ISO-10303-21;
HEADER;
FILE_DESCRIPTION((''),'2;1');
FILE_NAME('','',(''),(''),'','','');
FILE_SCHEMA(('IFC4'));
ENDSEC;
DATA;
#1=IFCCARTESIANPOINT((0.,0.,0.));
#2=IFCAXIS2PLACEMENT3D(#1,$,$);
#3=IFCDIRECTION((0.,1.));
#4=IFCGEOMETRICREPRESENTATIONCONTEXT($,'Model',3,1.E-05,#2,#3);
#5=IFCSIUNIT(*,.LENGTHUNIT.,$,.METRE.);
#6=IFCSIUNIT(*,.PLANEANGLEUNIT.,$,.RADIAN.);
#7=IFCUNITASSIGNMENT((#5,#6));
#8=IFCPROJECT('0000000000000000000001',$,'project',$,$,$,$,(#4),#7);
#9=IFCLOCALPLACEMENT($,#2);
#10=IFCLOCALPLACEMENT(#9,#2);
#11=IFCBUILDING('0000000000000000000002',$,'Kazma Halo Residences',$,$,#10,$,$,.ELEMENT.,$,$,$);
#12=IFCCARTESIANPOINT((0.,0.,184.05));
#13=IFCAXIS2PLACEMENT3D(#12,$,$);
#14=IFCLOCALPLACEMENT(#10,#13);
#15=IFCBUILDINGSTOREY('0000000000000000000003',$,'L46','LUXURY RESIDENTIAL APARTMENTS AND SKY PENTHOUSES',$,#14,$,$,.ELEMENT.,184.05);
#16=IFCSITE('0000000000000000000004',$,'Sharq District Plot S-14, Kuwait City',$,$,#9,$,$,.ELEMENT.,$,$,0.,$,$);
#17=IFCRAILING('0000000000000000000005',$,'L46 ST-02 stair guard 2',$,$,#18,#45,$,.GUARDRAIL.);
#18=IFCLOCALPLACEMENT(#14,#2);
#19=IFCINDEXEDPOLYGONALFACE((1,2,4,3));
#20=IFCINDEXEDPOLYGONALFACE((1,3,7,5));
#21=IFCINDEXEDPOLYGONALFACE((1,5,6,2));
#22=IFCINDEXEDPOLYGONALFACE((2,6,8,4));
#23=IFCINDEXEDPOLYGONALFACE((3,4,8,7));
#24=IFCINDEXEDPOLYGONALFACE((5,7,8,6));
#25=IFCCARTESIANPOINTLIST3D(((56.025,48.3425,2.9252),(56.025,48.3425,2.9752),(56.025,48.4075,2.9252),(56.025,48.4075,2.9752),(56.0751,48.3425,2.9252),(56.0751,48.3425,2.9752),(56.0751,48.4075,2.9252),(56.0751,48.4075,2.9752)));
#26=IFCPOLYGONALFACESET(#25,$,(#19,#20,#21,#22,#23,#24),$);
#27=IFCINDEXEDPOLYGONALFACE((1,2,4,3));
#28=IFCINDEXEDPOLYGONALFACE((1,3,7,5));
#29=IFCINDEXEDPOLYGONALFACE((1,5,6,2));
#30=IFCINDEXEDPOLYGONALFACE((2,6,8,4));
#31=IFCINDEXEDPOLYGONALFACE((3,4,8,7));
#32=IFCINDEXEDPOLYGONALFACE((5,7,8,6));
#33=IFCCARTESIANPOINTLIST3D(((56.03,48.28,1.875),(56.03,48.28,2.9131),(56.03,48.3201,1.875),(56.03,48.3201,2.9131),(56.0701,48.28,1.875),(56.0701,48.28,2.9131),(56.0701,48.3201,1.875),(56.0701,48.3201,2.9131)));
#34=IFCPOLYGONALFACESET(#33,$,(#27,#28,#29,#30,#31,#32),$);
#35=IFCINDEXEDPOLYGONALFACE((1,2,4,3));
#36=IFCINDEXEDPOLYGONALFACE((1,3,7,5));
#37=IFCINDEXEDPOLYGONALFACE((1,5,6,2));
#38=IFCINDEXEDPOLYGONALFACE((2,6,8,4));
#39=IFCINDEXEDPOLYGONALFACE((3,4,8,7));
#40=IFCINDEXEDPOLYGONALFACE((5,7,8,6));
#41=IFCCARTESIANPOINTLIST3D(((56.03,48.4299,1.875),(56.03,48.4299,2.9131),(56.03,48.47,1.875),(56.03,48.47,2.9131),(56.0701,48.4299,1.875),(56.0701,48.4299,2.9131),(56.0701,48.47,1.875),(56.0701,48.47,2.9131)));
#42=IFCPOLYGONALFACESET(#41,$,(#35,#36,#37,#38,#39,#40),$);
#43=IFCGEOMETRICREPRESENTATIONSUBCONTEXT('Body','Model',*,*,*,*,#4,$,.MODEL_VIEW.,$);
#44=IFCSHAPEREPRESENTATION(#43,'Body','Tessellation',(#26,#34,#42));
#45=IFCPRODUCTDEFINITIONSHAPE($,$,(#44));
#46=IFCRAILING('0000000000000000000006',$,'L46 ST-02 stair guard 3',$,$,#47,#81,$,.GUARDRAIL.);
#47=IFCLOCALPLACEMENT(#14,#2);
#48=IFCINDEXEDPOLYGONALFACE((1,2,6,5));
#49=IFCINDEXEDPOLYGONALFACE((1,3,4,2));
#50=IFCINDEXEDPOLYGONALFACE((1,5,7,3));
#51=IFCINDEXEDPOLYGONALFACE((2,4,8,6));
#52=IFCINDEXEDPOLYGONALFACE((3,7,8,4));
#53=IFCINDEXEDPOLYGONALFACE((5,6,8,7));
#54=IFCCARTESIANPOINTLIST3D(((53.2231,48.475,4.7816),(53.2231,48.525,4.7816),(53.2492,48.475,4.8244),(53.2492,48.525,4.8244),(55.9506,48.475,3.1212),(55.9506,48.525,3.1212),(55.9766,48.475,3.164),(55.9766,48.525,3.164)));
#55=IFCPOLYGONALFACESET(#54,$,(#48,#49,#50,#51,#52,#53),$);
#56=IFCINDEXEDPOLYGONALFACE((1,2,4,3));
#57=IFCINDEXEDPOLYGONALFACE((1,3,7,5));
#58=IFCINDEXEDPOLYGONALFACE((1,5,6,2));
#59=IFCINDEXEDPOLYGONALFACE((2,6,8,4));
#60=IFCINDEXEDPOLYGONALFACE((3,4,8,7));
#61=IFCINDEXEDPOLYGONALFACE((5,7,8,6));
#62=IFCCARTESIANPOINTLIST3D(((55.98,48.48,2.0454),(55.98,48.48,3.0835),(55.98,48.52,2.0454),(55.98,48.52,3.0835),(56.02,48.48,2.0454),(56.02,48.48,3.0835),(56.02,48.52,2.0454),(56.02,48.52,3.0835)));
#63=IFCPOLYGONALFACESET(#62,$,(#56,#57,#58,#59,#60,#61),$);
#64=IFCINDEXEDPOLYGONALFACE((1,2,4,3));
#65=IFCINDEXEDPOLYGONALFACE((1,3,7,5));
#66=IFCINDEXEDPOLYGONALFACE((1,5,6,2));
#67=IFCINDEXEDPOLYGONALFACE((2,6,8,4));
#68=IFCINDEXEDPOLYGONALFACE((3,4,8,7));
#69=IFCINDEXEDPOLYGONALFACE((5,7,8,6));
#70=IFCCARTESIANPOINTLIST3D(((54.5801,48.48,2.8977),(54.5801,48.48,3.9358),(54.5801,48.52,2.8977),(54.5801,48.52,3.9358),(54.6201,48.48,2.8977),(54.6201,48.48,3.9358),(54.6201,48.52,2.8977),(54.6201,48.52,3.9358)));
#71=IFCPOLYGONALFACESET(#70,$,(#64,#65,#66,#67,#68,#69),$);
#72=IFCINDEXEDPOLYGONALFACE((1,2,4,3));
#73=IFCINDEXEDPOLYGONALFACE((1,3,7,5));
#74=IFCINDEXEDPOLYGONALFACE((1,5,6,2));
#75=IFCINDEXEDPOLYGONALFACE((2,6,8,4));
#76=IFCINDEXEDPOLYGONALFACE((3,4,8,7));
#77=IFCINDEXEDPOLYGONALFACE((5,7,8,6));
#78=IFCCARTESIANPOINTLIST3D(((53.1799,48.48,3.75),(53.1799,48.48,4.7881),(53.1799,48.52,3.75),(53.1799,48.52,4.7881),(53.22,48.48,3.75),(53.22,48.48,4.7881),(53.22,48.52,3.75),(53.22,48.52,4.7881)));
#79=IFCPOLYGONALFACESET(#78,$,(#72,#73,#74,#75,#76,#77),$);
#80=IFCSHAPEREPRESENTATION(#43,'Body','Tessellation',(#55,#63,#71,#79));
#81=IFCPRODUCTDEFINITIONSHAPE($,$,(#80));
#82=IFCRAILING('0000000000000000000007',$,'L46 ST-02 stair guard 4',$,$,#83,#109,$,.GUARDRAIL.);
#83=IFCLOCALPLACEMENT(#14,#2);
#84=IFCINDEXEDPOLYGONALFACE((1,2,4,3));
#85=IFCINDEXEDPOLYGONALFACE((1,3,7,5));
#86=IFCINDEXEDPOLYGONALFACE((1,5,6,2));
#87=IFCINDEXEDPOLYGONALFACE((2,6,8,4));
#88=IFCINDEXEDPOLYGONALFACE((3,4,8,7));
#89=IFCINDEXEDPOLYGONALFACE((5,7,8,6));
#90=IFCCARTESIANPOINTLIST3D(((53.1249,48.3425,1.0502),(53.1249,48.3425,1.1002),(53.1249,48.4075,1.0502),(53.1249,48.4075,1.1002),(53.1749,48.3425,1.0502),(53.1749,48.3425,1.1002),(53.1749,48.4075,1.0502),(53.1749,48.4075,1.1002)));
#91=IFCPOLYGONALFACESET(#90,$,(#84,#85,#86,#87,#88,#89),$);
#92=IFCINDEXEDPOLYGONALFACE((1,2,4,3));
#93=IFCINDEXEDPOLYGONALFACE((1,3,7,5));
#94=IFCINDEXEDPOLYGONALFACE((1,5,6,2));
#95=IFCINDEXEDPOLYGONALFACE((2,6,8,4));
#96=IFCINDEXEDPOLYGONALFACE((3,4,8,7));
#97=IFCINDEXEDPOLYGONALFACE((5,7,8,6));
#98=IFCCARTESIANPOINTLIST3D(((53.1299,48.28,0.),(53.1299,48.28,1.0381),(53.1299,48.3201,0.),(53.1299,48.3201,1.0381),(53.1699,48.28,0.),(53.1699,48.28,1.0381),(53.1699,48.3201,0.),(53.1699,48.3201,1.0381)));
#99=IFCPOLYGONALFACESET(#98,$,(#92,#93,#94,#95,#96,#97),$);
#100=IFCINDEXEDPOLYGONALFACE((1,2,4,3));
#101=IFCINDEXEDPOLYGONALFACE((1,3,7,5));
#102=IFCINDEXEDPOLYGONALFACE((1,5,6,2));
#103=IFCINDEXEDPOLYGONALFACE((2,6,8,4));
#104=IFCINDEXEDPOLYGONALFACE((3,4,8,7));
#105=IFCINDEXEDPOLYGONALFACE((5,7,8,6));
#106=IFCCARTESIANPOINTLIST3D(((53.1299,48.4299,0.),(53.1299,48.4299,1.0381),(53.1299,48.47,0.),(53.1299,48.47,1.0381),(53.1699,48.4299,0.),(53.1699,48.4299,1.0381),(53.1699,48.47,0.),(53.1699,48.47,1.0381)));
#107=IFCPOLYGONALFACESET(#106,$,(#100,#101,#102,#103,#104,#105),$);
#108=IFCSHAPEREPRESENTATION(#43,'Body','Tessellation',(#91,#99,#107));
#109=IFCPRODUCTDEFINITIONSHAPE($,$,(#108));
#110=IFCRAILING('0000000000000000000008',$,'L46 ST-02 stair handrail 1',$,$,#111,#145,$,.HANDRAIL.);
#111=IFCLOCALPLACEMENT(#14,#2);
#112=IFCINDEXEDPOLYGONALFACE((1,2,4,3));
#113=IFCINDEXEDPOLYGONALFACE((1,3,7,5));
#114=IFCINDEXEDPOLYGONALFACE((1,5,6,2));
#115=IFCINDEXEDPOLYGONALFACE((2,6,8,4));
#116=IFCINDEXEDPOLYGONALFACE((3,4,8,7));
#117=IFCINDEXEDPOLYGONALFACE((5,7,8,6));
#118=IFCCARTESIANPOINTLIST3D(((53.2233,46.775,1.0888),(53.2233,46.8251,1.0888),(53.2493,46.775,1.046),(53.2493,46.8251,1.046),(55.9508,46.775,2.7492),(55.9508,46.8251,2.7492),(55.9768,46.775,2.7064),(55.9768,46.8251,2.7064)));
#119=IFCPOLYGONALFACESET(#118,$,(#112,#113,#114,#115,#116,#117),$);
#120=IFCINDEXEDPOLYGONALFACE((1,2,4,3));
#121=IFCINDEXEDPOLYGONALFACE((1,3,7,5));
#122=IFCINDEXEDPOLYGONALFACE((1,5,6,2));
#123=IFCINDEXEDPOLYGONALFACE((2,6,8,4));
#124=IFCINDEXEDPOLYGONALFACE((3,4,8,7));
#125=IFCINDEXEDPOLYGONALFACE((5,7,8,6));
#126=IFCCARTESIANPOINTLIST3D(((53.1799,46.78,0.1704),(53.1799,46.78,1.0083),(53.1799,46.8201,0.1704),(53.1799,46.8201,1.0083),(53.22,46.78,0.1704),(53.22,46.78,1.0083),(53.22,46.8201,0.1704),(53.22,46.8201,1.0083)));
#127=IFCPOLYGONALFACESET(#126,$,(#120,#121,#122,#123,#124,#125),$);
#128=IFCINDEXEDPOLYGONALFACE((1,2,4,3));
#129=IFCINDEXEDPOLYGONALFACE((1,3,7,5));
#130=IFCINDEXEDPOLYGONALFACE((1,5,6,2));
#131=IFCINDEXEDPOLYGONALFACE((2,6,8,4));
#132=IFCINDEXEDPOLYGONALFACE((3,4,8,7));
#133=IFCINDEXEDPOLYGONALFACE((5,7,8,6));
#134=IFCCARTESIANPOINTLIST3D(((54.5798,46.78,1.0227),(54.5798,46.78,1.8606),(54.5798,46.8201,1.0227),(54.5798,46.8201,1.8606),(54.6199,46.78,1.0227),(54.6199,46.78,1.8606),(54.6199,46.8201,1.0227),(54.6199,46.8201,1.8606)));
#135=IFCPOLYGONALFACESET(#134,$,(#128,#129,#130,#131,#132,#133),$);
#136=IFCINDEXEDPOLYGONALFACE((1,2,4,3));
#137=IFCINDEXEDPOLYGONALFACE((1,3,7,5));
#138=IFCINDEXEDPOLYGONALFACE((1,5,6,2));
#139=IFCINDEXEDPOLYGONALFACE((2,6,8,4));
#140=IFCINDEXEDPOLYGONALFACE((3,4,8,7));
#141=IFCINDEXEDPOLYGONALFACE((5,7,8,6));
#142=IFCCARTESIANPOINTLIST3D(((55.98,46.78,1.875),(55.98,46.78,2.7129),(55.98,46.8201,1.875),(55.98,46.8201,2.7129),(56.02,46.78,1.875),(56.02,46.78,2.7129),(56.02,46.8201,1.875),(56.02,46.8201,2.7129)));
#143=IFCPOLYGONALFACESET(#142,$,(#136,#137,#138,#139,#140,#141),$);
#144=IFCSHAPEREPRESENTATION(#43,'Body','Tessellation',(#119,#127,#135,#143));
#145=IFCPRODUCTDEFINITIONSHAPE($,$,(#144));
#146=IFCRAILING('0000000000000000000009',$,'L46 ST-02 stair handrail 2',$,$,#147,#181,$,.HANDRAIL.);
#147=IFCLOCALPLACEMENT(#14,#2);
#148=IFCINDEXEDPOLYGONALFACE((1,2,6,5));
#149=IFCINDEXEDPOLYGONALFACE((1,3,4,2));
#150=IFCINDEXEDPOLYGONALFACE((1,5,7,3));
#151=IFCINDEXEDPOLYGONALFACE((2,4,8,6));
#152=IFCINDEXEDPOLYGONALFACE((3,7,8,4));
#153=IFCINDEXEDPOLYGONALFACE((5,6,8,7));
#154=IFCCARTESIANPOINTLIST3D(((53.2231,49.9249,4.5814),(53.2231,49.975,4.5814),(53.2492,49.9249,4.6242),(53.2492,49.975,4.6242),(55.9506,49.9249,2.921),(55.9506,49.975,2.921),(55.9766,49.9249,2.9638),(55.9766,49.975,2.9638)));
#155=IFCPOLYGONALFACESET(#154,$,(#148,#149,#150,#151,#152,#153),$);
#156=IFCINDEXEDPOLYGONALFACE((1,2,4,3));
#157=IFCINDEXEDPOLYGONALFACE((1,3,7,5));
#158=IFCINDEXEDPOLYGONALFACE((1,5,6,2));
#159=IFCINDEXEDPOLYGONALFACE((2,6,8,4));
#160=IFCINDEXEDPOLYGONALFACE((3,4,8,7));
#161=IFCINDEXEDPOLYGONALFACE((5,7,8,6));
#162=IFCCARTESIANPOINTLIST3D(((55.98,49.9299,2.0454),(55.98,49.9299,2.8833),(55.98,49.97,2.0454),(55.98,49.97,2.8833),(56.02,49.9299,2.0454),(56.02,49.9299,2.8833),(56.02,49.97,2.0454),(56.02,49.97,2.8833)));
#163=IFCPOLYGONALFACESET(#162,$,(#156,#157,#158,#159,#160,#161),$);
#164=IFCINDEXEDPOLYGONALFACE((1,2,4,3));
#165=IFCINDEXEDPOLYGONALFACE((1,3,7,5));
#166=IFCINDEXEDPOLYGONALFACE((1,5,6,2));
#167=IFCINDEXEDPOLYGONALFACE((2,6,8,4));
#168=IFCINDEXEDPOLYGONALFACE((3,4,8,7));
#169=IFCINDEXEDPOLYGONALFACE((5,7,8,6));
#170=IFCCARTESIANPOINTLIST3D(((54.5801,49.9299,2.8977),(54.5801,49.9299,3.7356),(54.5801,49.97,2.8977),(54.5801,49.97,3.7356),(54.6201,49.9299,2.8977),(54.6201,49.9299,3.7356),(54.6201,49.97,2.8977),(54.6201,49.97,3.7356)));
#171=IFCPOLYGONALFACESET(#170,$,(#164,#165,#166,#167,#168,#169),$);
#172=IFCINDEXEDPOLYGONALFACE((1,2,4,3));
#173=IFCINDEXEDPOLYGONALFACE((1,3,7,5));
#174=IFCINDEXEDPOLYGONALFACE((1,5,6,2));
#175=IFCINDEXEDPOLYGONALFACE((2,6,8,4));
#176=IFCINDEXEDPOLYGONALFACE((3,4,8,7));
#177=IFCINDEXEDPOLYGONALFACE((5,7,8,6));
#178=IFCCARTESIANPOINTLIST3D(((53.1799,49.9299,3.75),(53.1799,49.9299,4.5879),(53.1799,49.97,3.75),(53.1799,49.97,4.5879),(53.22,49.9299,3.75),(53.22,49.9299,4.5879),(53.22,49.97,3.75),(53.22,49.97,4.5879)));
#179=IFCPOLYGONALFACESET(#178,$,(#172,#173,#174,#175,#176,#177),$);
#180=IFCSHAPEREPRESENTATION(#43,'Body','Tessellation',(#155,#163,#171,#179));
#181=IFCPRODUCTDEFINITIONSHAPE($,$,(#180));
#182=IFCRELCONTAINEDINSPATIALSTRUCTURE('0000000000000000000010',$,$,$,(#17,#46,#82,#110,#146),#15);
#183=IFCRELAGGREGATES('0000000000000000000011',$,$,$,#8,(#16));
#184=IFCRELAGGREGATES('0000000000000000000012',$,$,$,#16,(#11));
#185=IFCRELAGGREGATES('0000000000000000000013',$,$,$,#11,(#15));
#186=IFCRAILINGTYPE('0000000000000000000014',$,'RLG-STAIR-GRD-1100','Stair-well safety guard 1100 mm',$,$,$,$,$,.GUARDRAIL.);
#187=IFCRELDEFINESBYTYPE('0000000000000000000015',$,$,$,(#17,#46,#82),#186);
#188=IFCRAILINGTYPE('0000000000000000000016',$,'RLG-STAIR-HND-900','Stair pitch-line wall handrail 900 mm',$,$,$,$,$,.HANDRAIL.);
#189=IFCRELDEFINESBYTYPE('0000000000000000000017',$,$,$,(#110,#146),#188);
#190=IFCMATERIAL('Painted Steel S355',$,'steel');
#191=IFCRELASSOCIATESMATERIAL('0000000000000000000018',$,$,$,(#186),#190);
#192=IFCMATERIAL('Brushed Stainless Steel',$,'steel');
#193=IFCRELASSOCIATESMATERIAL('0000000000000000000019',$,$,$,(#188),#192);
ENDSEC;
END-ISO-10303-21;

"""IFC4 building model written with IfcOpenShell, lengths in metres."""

from ifc_helpers import new_model, si_unit, direction, frame, origin, origin_2d, place, context, subcontext, project, spatial, rectangle, extrude, material, type_object, element, save


model = new_model("IFC4")

# Units and contexts
model_context = context("Model", 3, precision=1e-05, world=origin(), true_north=direction((0.0, 1.0)))
body_context = subcontext(model_context, "Body", "Model", "MODEL_VIEW")
ifc_project = project(units=[si_unit("LENGTHUNIT", "METRE"), si_unit("PLANEANGLEUNIT", "RADIAN")], contexts=[model_context])

# Site, building, storey
site_placement = place(None, origin())
site = spatial("IfcSite", under=ifc_project, at=site_placement, Name="Sharq District Plot S-14, Kuwait City", CompositionType="ELEMENT", RefElevation=0.0)
building_placement = place(site_placement, origin())
building = spatial("IfcBuilding", under=site, at=building_placement, Name="Kazma Halo Residences", CompositionType="ELEMENT")
storey_placement = place(building_placement, frame((0.0, 0.0, 184.05)))
storey = spatial("IfcBuildingStorey", under=building, at=storey_placement, Name="L46", Description="LUXURY RESIDENTIAL APARTMENTS AND SKY PENTHOUSES", CompositionType="ELEMENT", Elevation=184.05)

# Railings
ifc_material_1 = material(Name="Painted Steel S355", Category="steel")
railing_type_1 = type_object("IfcRailingType", Name="RLG-STAIR-GRD-1100", Description="Stair-well safety guard 1100 mm", PredefinedType="GUARDRAIL", material=ifc_material_1)
railing_1_placement = place(storey_placement, frame((56.05, 48.3, 1.875)))
element("IfcRailing", 1, at=railing_1_placement, inside=storey, type_object=railing_type_1, Name="L46 ST-02 stair guard 2", PredefinedType="GUARDRAIL", context=body_context, shape_type="SweptSolid", body=[
    extrude(rectangle(XDim=0.05, YDim=0.05, at=origin_2d()), frame((0.0, 0.0425, 1.0752), z_axis=(0.0, 1.0, 0.0), x_axis=(-1.0, 0.0, 0.0)), (0.0, 0.0, 1.0), 0.0649),
    extrude(rectangle(XDim=0.04, YDim=0.04, at=origin_2d()), origin(), (0.0, 0.0, 1.0), 1.0381),
    extrude(rectangle(XDim=0.04, YDim=0.04, at=origin_2d()), frame((0.0, 0.1499, 0.0)), (0.0, 0.0, 1.0), 1.0381),
])
railing_2_placement = place(storey_placement, frame((56.0, 48.5, 2.0454)))
element("IfcRailing", 2, at=railing_2_placement, inside=storey, type_object=railing_type_1, Name="L46 ST-02 stair guard 3", PredefinedType="GUARDRAIL", context=body_context, shape_type="SweptSolid", body=[
    extrude(rectangle(XDim=0.05, YDim=0.05, at=origin_2d()), frame((-0.0364, 0.0, 1.0972), z_axis=(-0.85417, 0.0, 0.519994), x_axis=(0.0, -1.0, 0.0)), (0.0, 0.0, 1.0), 3.1931),
    extrude(rectangle(XDim=0.04, YDim=0.04, at=origin_2d()), origin(), (0.0, 0.0, 1.0), 1.0381),
    extrude(rectangle(XDim=0.04, YDim=0.04, at=origin_2d()), frame((-1.3999, 0.0, 0.8523)), (0.0, 0.0, 1.0), 1.0381),
    extrude(rectangle(XDim=0.04, YDim=0.04, at=origin_2d()), frame((-2.8, 0.0, 1.7046)), (0.0, 0.0, 1.0), 1.0381),
])
railing_3_placement = place(storey_placement, frame((53.1499, 48.3, 0.0)))
element("IfcRailing", 3, at=railing_3_placement, inside=storey, type_object=railing_type_1, Name="L46 ST-02 stair guard 4", PredefinedType="GUARDRAIL", context=body_context, shape_type="SweptSolid", body=[
    extrude(rectangle(XDim=0.05, YDim=0.05, at=origin_2d()), frame((0.0, 0.0425, 1.0752), z_axis=(0.0, 1.0, 0.0), x_axis=(-1.0, 0.0, 0.0)), (0.0, 0.0, 1.0), 0.0649),
    extrude(rectangle(XDim=0.04, YDim=0.04, at=origin_2d()), origin(), (0.0, 0.0, 1.0), 1.0381),
    extrude(rectangle(XDim=0.04, YDim=0.04, at=origin_2d()), frame((0.0, 0.1499, 0.0)), (0.0, 0.0, 1.0), 1.0381),
])
ifc_material_2 = material(Name="Brushed Stainless Steel", Category="steel")
railing_type_2 = type_object("IfcRailingType", Name="RLG-STAIR-HND-900", Description="Stair pitch-line wall handrail 900 mm", PredefinedType="HANDRAIL", material=ifc_material_2)
railing_4_placement = place(storey_placement, frame((53.2, 46.8, 0.1704)))
element("IfcRailing", 4, at=railing_4_placement, inside=storey, type_object=railing_type_2, Name="L46 ST-02 stair handrail 1", PredefinedType="HANDRAIL", context=body_context, shape_type="SweptSolid", body=[
    extrude(rectangle(XDim=0.05, YDim=0.05, at=origin_2d()), frame((0.0364, 0.0, 0.897), z_axis=(0.85417, 0.0, 0.519994), x_axis=(0.0, 1.0, 0.0)), (0.0, 0.0, 1.0), 3.1931),
    extrude(rectangle(XDim=0.04, YDim=0.04, at=origin_2d()), origin(), (0.0, 0.0, 1.0), 0.8379),
    extrude(rectangle(XDim=0.04, YDim=0.04, at=origin_2d()), frame((1.3999, 0.0, 0.8523)), (0.0, 0.0, 1.0), 0.8379),
    extrude(rectangle(XDim=0.04, YDim=0.04, at=origin_2d()), frame((2.8, 0.0, 1.7046)), (0.0, 0.0, 1.0), 0.8379),
])
railing_5_placement = place(storey_placement, frame((56.0, 49.95, 2.0454)))
element("IfcRailing", 5, at=railing_5_placement, inside=storey, type_object=railing_type_2, Name="L46 ST-02 stair handrail 2", PredefinedType="HANDRAIL", context=body_context, shape_type="SweptSolid", body=[
    extrude(rectangle(XDim=0.05, YDim=0.05, at=origin_2d()), frame((-0.0364, 0.0, 0.897), z_axis=(-0.85417, 0.0, 0.519994), x_axis=(0.0, -1.0, 0.0)), (0.0, 0.0, 1.0), 3.1931),
    extrude(rectangle(XDim=0.04, YDim=0.04, at=origin_2d()), origin(), (0.0, 0.0, 1.0), 0.8379),
    extrude(rectangle(XDim=0.04, YDim=0.04, at=origin_2d()), frame((-1.3999, 0.0, 0.8523)), (0.0, 0.0, 1.0), 0.8379),
    extrude(rectangle(XDim=0.04, YDim=0.04, at=origin_2d()), frame((-2.8, 0.0, 1.7046)), (0.0, 0.0, 1.0), 0.8379),
])

save(model, "model.ifc")
